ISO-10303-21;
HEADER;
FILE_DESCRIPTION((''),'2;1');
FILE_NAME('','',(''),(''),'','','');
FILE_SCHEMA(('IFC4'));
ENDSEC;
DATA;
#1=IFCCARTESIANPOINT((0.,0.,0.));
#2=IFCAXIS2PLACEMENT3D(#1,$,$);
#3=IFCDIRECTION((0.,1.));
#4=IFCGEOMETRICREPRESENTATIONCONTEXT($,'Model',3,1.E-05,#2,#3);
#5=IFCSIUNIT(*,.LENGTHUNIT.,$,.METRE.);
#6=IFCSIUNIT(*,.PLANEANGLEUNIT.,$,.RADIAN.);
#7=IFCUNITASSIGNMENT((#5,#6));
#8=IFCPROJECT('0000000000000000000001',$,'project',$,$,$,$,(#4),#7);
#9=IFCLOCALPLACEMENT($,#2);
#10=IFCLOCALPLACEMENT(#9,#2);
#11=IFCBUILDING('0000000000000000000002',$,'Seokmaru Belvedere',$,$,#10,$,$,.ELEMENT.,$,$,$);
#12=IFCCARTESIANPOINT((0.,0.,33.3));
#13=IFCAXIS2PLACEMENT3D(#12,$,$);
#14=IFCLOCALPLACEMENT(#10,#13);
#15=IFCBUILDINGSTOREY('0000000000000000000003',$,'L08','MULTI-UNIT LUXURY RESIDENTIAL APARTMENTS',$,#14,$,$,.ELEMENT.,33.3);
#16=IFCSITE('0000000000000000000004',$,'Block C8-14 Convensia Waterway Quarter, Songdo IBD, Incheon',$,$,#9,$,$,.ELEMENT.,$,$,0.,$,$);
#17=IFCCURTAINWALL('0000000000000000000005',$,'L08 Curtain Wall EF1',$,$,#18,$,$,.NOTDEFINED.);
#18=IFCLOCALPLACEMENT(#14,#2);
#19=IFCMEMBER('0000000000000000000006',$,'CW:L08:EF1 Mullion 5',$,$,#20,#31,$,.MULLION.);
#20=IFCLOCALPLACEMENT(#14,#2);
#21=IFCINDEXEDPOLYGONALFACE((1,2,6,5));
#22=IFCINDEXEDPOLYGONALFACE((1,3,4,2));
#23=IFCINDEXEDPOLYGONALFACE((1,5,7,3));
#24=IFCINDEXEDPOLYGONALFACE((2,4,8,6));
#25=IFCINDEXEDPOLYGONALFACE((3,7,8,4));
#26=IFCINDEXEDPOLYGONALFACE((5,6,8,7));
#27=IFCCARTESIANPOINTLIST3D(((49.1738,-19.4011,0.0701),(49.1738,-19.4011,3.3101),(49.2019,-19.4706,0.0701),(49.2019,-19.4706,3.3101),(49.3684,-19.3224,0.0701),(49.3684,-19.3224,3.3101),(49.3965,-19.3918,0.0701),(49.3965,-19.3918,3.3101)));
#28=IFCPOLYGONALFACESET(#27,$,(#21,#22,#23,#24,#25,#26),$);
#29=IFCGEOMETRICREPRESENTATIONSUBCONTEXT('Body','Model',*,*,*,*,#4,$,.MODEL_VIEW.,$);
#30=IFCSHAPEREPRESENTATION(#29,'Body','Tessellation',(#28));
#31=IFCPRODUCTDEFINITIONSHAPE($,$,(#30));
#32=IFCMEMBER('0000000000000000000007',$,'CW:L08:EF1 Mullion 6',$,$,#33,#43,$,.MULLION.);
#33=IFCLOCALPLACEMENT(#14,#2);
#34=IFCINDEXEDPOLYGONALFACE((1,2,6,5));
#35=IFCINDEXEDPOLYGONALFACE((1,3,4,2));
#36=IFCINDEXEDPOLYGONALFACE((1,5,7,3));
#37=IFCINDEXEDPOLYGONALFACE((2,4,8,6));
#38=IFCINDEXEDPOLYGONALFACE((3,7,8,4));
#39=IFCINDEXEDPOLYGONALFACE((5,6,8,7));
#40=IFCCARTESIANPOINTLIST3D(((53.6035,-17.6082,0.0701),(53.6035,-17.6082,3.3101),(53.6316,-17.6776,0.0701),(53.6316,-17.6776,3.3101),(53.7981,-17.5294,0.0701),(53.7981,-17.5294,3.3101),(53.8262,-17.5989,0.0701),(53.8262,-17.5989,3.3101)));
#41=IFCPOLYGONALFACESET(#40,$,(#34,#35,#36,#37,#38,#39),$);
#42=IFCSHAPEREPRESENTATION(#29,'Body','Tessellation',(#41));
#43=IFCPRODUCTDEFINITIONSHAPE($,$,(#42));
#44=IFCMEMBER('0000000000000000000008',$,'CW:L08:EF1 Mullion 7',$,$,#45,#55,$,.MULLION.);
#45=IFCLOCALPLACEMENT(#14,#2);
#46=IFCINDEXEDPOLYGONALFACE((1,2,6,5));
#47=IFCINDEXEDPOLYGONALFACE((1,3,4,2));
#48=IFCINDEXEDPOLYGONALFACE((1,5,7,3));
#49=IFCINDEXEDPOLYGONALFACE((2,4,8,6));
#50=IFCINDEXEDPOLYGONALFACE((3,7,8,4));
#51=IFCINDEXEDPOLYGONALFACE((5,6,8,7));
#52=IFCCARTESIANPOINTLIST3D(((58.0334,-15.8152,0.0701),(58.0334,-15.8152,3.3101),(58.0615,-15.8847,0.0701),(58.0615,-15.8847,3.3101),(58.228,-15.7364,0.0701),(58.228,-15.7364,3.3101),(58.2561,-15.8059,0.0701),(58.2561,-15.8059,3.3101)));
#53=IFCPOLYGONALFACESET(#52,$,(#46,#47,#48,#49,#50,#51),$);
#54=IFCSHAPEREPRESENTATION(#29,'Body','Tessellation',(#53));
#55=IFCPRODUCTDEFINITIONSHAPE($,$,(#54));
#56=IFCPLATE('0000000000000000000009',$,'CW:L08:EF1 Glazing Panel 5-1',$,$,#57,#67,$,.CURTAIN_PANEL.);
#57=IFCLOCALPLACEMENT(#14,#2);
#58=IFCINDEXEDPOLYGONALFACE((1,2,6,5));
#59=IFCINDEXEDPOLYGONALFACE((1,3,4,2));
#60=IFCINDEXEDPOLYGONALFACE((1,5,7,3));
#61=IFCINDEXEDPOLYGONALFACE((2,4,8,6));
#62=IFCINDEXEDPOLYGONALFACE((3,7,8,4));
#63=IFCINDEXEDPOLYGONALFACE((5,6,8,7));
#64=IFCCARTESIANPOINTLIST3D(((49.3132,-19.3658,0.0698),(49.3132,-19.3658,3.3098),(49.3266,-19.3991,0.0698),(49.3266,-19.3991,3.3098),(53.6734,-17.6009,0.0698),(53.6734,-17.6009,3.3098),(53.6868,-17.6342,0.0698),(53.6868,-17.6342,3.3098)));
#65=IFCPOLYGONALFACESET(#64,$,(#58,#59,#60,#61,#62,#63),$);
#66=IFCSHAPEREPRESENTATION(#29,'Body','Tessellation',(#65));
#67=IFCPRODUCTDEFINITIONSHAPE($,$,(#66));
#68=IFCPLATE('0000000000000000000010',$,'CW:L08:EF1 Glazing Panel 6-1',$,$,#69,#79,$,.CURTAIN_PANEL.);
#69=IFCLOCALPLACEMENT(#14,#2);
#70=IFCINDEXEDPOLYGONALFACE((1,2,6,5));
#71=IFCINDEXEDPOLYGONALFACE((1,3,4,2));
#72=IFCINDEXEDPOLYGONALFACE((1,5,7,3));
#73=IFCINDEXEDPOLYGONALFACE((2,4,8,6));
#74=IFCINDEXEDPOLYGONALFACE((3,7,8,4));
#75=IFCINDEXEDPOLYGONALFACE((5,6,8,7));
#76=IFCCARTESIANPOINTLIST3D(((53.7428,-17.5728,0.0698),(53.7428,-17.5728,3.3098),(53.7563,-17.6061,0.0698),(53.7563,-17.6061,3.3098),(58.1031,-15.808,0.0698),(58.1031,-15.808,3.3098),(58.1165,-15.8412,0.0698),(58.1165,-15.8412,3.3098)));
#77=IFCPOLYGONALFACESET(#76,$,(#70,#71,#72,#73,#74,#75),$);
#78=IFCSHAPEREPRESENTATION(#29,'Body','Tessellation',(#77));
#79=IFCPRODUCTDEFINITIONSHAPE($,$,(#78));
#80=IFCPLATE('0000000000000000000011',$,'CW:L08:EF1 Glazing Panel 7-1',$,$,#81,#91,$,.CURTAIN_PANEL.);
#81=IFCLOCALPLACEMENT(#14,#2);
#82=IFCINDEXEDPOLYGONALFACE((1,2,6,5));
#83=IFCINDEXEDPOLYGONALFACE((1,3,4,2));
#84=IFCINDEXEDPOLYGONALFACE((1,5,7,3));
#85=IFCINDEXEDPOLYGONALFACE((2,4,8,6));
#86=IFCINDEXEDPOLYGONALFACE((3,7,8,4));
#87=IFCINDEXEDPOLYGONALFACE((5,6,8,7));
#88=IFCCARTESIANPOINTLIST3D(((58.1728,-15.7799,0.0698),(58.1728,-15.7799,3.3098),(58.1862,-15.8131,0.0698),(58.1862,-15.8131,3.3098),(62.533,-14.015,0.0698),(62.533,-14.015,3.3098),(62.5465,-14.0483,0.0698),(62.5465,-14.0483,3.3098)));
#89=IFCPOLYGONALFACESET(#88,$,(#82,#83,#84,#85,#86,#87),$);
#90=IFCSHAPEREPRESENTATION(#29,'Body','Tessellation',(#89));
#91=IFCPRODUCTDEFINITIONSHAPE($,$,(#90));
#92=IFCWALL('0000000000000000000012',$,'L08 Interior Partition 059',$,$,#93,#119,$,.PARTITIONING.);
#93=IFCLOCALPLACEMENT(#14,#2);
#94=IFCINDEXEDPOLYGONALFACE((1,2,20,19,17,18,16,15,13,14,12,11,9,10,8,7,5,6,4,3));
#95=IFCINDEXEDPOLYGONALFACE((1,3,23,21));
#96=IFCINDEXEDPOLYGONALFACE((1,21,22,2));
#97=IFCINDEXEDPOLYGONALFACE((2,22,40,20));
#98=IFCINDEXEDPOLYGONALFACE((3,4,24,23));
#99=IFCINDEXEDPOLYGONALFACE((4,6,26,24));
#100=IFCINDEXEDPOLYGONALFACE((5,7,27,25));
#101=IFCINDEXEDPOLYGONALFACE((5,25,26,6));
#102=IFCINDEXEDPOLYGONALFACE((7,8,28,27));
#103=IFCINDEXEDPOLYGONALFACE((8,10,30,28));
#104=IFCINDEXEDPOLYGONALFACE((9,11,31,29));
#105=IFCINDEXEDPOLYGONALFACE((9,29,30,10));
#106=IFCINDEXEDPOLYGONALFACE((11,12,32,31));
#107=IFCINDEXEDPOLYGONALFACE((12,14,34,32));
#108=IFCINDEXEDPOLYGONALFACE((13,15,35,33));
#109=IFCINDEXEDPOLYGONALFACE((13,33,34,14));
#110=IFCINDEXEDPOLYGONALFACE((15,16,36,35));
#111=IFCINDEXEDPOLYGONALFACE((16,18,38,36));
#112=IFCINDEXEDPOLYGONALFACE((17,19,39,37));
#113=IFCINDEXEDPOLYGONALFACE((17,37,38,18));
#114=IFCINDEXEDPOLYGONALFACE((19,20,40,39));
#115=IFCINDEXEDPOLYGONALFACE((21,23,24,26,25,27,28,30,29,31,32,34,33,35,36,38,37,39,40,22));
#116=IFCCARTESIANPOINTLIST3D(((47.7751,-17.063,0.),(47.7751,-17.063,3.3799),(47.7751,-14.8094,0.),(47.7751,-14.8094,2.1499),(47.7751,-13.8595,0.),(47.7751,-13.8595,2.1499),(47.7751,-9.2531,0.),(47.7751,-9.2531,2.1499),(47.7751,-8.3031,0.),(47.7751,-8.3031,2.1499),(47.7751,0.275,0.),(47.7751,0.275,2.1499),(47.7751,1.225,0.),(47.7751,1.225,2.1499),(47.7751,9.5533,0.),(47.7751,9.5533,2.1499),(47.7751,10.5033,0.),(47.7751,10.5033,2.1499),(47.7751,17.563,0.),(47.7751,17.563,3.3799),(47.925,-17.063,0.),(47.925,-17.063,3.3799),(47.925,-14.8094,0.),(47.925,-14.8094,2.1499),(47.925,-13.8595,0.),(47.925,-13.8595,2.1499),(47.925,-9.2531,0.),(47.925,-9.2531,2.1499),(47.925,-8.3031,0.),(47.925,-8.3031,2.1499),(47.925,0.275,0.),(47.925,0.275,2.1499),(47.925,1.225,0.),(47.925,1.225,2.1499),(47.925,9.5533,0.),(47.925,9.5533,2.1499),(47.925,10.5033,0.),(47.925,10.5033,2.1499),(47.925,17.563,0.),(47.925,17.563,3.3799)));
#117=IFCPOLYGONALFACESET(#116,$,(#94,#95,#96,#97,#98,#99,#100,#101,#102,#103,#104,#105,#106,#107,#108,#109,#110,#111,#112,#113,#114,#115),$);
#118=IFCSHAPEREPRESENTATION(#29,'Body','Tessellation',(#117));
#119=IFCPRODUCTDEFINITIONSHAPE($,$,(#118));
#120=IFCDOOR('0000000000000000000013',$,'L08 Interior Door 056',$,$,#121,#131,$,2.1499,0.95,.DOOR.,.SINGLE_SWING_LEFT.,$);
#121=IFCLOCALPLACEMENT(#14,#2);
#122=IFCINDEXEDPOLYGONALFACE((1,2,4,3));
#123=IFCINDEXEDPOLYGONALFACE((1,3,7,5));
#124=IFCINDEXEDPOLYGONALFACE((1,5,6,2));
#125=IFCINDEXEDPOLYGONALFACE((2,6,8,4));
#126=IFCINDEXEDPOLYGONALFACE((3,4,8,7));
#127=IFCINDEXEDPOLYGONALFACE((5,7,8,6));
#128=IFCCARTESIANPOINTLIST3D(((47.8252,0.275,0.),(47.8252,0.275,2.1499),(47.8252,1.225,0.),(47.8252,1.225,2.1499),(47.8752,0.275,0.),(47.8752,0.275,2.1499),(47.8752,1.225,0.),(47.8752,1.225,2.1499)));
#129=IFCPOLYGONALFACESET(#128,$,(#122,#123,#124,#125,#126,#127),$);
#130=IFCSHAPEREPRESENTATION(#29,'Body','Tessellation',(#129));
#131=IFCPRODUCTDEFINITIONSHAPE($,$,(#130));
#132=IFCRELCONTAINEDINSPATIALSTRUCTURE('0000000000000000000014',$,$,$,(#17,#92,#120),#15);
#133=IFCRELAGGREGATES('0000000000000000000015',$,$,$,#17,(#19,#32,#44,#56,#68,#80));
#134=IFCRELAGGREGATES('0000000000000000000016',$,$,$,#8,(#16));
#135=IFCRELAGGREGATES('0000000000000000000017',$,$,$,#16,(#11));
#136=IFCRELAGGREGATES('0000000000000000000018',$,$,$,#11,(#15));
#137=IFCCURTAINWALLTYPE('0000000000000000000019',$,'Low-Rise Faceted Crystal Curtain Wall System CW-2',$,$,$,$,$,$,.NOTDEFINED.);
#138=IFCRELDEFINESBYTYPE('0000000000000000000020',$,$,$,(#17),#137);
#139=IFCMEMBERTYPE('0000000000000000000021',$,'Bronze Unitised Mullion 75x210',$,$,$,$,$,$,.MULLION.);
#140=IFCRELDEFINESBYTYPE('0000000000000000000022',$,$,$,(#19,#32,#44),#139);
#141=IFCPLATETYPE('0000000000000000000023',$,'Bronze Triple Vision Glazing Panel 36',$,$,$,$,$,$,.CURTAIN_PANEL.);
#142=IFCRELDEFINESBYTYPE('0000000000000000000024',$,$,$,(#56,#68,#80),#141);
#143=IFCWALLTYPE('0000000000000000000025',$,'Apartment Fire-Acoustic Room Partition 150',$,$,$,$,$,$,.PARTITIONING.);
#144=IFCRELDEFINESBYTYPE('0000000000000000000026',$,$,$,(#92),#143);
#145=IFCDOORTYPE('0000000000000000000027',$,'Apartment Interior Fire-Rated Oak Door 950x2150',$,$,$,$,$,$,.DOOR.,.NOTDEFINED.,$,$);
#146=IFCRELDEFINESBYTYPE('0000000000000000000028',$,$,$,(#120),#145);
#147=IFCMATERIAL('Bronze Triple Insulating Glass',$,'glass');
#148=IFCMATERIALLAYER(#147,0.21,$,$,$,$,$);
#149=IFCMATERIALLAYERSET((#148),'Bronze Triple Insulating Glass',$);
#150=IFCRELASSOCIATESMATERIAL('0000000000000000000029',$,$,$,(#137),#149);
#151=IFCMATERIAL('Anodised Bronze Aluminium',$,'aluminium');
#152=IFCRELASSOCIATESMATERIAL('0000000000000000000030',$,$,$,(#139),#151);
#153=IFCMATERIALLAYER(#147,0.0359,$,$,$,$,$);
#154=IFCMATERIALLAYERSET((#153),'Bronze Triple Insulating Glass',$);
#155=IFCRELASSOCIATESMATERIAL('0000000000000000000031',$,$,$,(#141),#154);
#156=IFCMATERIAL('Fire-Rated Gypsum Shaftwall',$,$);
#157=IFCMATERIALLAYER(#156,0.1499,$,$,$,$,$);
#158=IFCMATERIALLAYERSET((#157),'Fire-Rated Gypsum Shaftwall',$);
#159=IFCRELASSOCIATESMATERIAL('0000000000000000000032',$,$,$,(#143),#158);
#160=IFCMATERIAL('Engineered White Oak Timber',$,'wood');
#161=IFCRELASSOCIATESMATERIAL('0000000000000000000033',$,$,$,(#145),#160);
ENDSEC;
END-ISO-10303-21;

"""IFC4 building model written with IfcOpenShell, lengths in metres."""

from ifc_helpers import new_model, si_unit, direction, frame, frame_2d, origin, origin_2d, place, context, subcontext, project, spatial, rectangle, extrude, source, transform, mapped, material, layer, layer_set, material_profile, profile_set, type_object, type_shapes, element, fill, aggregate, save


model = new_model("IFC4")

# Units and contexts
model_context = context("Model", 3, precision=1e-05, world=origin(), true_north=direction((0.0, 1.0)))
body_context = subcontext(model_context, "Body", "Model", "MODEL_VIEW")
ifc_project = project(units=[si_unit("LENGTHUNIT", "METRE"), si_unit("PLANEANGLEUNIT", "RADIAN")], contexts=[model_context])

# Site, building, storey
site_placement = place(None, origin())
site = spatial("IfcSite", under=ifc_project, at=site_placement, Name="Block C8-14 Convensia Waterway Quarter, Songdo IBD, Incheon", CompositionType="ELEMENT", RefElevation=0.0)
building_placement = place(site_placement, origin())
building = spatial("IfcBuilding", under=site, at=building_placement, Name="Seokmaru Belvedere", CompositionType="ELEMENT")
storey_placement = place(building_placement, frame((0.0, 0.0, 33.3)))
storey = spatial("IfcBuildingStorey", under=building, at=storey_placement, Name="L08", Description="MULTI-UNIT LUXURY RESIDENTIAL APARTMENTS", CompositionType="ELEMENT", Elevation=33.3)

# Curtain wall, members, plates
ifc_material_1 = material(Name="Bronze Triple Insulating Glass", Category="glass")
ifc_layer_1 = layer(ifc_material_1, 0.21)
ifc_layer_set_1 = layer_set([ifc_layer_1], Name="Bronze Triple Insulating Glass")
curtain_wall_type = type_object("IfcCurtainWallType", Name="Low-Rise Faceted Crystal Curtain Wall System CW-2", PredefinedType="NOTDEFINED", material=ifc_layer_set_1)
curtain_wall_placement = place(storey_placement, origin())
curtain_wall = element("IfcCurtainWall", 1, at=curtain_wall_placement, inside=storey, type_object=curtain_wall_type, Name="L08 Curtain Wall EF1", PredefinedType="NOTDEFINED")
ifc_material_2 = material(Name="Anodised Bronze Aluminium", Category="aluminium")
ifc_material_profile_1 = material_profile(ifc_material_2, rectangle(XDim=0.075, YDim=0.21, at=origin_2d()), Name="CW-M-75x210")
ifc_profile_set_1 = profile_set([ifc_material_profile_1], Name="Anodised Bronze Aluminium")
member_type = type_object("IfcMemberType", Name="Bronze Unitised Mullion 75x210", PredefinedType="MULLION", material=ifc_profile_set_1)
shared_shape_1 = source(origin(), body_context, "Body", "SweptSolid", [
    extrude(rectangle(XDim=0.075, YDim=0.21, at=origin_2d()), origin(), (0.0, 0.0, 1.0), 3.24),
])
type_shapes(member_type, [shared_shape_1])
member_1_placement = place(storey_placement, frame((49.2852, -19.3965, 0.0701), z_axis=(0.0, 0.0, 1.0), x_axis=(-0.375192, 0.926947, 0.0)))
member_1 = element("IfcMember", 2, at=member_1_placement, type_object=member_type, Name="CW:L08:EF1 Mullion 5", PredefinedType="MULLION", context=body_context, shape_type="MappedRepresentation", body=[
    mapped(shared_shape_1, transform((0.0, 0.0, 0.0), scale=1.0)),
])
member_2_placement = place(storey_placement, frame((53.7148, -17.6035, 0.0701), z_axis=(0.0, 0.0, 1.0), x_axis=(-0.375192, 0.926947, 0.0)))
member_2 = element("IfcMember", 3, at=member_2_placement, type_object=member_type, Name="CW:L08:EF1 Mullion 6", PredefinedType="MULLION", context=body_context, shape_type="MappedRepresentation", body=[
    mapped(shared_shape_1, transform((0.0, 0.0, 0.0), scale=1.0)),
])
member_3_placement = place(storey_placement, frame((58.1448, -15.8105, 0.0701), z_axis=(0.0, 0.0, 1.0), x_axis=(-0.375192, 0.926947, 0.0)))
member_3 = element("IfcMember", 4, at=member_3_placement, type_object=member_type, Name="CW:L08:EF1 Mullion 7", PredefinedType="MULLION", context=body_context, shape_type="MappedRepresentation", body=[
    mapped(shared_shape_1, transform((0.0, 0.0, 0.0), scale=1.0)),
])
ifc_layer_2 = layer(ifc_material_1, 0.0359)
ifc_layer_set_2 = layer_set([ifc_layer_2], Name="Bronze Triple Insulating Glass")
plate_type = type_object("IfcPlateType", Name="Bronze Triple Vision Glazing Panel 36", PredefinedType="CURTAIN_PANEL", material=ifc_layer_set_2)
shared_shape_2 = source(origin(), body_context, "Body", "SweptSolid", [
    extrude(rectangle(XDim=4.7039, YDim=0.0359, at=origin_2d()), origin(), (0.0, 0.0, 1.0), 3.24),
])
type_shapes(plate_type, [shared_shape_2])
plate_1_placement = place(storey_placement, frame((51.5, -18.5, 0.0698), z_axis=(0.0, 0.0, 1.0), x_axis=(0.926947, 0.375192, 0.0)))
plate_1 = element("IfcPlate", 5, at=plate_1_placement, type_object=plate_type, Name="CW:L08:EF1 Glazing Panel 5-1", PredefinedType="CURTAIN_PANEL", context=body_context, shape_type="MappedRepresentation", body=[
    mapped(shared_shape_2, transform((0.0, 0.0, 0.0), scale=1.0)),
])
plate_2_placement = place(storey_placement, frame((55.9297, -16.707, 0.0698), z_axis=(0.0, 0.0, 1.0), x_axis=(0.926947, 0.375192, 0.0)))
plate_2 = element("IfcPlate", 6, at=plate_2_placement, type_object=plate_type, Name="CW:L08:EF1 Glazing Panel 6-1", PredefinedType="CURTAIN_PANEL", context=body_context, shape_type="MappedRepresentation", body=[
    mapped(shared_shape_2, transform((0.0, 0.0, 0.0), scale=1.0)),
])
plate_3_placement = place(storey_placement, frame((60.3596, -14.9141, 0.0698), z_axis=(0.0, 0.0, 1.0), x_axis=(0.926947, 0.375192, 0.0)))
plate_3 = element("IfcPlate", 7, at=plate_3_placement, type_object=plate_type, Name="CW:L08:EF1 Glazing Panel 7-1", PredefinedType="CURTAIN_PANEL", context=body_context, shape_type="MappedRepresentation", body=[
    mapped(shared_shape_2, transform((0.0, 0.0, 0.0), scale=1.0)),
])
aggregate(curtain_wall, [member_1, member_2, member_3, plate_1, plate_2, plate_3])

# Wall, openings, door
ifc_material_3 = material(Name="Fire-Rated Gypsum Shaftwall")
ifc_layer_3 = layer(ifc_material_3, 0.1499)
ifc_layer_set_3 = layer_set([ifc_layer_3], Name="Fire-Rated Gypsum Shaftwall")
wall_type = type_object("IfcWallType", Name="Apartment Fire-Acoustic Room Partition 150", PredefinedType="PARTITIONING", material=ifc_layer_set_3)
wall_1_placement = place(storey_placement, frame((47.8501, -17.063, 0.0), z_axis=(0.0, 0.0, 1.0), x_axis=(0.0, 1.0, 0.0)))
wall_1 = element("IfcWall", 8, at=wall_1_placement, inside=storey, type_object=wall_type, Name="L08 Interior Partition 059", PredefinedType="PARTITIONING", context=body_context, shape_type="SweptSolid", body=[
    extrude(rectangle(XDim=34.626, YDim=0.1499, at=frame_2d((17.313, 0.0))), origin(), (0.0, 0.0, 1.0), 3.3799),
])
opening_1_placement = place(wall_1_placement, frame((7.8098, 0.0, 0.0)))
element("IfcOpeningElement", 9, at=opening_1_placement, cuts=wall_1, PredefinedType="OPENING", context=body_context, shape_type="SweptSolid", body=[
    extrude(rectangle(XDim=0.95, YDim=2.1499, at=frame_2d((0.4751, 1.075))), frame((0.0, 0.085, 0.0), z_axis=(0.0, -1.0, 0.0), x_axis=(1.0, 0.0, 0.0)), (0.0, 0.0, 1.0), 0.1699),
])
opening_2_placement = place(wall_1_placement, frame((2.2534, 0.0, 0.0)))
element("IfcOpeningElement", 10, at=opening_2_placement, cuts=wall_1, PredefinedType="OPENING", context=body_context, shape_type="SweptSolid", body=[
    extrude(rectangle(XDim=0.95, YDim=2.1499, at=frame_2d((0.4751, 1.075))), frame((0.0, 0.085, 0.0), z_axis=(0.0, -1.0, 0.0), x_axis=(1.0, 0.0, 0.0)), (0.0, 0.0, 1.0), 0.1699),
])
opening_3_placement = place(wall_1_placement, frame((17.3379, 0.0, 0.0)))
opening_3 = element("IfcOpeningElement", 11, at=opening_3_placement, cuts=wall_1, PredefinedType="OPENING", context=body_context, shape_type="SweptSolid", body=[
    extrude(rectangle(XDim=0.95, YDim=2.1499, at=frame_2d((0.4751, 1.075))), frame((0.0, 0.085, 0.0), z_axis=(0.0, -1.0, 0.0), x_axis=(1.0, 0.0, 0.0)), (0.0, 0.0, 1.0), 0.1699),
])
opening_4_placement = place(wall_1_placement, frame((26.6162, 0.0, 0.0)))
element("IfcOpeningElement", 12, at=opening_4_placement, cuts=wall_1, PredefinedType="OPENING", context=body_context, shape_type="SweptSolid", body=[
    extrude(rectangle(XDim=0.95, YDim=2.1499, at=frame_2d((0.4751, 1.075))), frame((0.0, 0.085, 0.0), z_axis=(0.0, -1.0, 0.0), x_axis=(1.0, 0.0, 0.0)), (0.0, 0.0, 1.0), 0.1699),
])
ifc_material_4 = material(Name="Engineered White Oak Timber", Category="wood")
door_type = type_object("IfcDoorType", Name="Apartment Interior Fire-Rated Oak Door 950x2150", OperationType="NOTDEFINED", PredefinedType="DOOR", material=ifc_material_4)
shared_shape_3 = source(origin(), body_context, "Body", "SweptSolid", [
    extrude(rectangle(XDim=0.95, YDim=2.1499, at=frame_2d((0.4751, 1.075))), frame((0.0, 0.0249, 0.0), z_axis=(0.0, -1.0, 0.0), x_axis=(1.0, 0.0, 0.0)), (0.0, 0.0, 1.0), 0.05),
])
type_shapes(door_type, [shared_shape_3])
door_1_placement = place(opening_3_placement, origin())
door_1 = element("IfcDoor", 13, at=door_1_placement, inside=storey, type_object=door_type, Name="L08 Interior Door 056", OperationType="SINGLE_SWING_LEFT", OverallHeight=2.1499, OverallWidth=0.95, PredefinedType="DOOR", context=body_context, shape_type="MappedRepresentation", body=[
    mapped(shared_shape_3, transform((0.0, 0.0, 0.0), scale=1.0)),
])
fill(opening_3, door_1)

save(model, "model.ifc")
